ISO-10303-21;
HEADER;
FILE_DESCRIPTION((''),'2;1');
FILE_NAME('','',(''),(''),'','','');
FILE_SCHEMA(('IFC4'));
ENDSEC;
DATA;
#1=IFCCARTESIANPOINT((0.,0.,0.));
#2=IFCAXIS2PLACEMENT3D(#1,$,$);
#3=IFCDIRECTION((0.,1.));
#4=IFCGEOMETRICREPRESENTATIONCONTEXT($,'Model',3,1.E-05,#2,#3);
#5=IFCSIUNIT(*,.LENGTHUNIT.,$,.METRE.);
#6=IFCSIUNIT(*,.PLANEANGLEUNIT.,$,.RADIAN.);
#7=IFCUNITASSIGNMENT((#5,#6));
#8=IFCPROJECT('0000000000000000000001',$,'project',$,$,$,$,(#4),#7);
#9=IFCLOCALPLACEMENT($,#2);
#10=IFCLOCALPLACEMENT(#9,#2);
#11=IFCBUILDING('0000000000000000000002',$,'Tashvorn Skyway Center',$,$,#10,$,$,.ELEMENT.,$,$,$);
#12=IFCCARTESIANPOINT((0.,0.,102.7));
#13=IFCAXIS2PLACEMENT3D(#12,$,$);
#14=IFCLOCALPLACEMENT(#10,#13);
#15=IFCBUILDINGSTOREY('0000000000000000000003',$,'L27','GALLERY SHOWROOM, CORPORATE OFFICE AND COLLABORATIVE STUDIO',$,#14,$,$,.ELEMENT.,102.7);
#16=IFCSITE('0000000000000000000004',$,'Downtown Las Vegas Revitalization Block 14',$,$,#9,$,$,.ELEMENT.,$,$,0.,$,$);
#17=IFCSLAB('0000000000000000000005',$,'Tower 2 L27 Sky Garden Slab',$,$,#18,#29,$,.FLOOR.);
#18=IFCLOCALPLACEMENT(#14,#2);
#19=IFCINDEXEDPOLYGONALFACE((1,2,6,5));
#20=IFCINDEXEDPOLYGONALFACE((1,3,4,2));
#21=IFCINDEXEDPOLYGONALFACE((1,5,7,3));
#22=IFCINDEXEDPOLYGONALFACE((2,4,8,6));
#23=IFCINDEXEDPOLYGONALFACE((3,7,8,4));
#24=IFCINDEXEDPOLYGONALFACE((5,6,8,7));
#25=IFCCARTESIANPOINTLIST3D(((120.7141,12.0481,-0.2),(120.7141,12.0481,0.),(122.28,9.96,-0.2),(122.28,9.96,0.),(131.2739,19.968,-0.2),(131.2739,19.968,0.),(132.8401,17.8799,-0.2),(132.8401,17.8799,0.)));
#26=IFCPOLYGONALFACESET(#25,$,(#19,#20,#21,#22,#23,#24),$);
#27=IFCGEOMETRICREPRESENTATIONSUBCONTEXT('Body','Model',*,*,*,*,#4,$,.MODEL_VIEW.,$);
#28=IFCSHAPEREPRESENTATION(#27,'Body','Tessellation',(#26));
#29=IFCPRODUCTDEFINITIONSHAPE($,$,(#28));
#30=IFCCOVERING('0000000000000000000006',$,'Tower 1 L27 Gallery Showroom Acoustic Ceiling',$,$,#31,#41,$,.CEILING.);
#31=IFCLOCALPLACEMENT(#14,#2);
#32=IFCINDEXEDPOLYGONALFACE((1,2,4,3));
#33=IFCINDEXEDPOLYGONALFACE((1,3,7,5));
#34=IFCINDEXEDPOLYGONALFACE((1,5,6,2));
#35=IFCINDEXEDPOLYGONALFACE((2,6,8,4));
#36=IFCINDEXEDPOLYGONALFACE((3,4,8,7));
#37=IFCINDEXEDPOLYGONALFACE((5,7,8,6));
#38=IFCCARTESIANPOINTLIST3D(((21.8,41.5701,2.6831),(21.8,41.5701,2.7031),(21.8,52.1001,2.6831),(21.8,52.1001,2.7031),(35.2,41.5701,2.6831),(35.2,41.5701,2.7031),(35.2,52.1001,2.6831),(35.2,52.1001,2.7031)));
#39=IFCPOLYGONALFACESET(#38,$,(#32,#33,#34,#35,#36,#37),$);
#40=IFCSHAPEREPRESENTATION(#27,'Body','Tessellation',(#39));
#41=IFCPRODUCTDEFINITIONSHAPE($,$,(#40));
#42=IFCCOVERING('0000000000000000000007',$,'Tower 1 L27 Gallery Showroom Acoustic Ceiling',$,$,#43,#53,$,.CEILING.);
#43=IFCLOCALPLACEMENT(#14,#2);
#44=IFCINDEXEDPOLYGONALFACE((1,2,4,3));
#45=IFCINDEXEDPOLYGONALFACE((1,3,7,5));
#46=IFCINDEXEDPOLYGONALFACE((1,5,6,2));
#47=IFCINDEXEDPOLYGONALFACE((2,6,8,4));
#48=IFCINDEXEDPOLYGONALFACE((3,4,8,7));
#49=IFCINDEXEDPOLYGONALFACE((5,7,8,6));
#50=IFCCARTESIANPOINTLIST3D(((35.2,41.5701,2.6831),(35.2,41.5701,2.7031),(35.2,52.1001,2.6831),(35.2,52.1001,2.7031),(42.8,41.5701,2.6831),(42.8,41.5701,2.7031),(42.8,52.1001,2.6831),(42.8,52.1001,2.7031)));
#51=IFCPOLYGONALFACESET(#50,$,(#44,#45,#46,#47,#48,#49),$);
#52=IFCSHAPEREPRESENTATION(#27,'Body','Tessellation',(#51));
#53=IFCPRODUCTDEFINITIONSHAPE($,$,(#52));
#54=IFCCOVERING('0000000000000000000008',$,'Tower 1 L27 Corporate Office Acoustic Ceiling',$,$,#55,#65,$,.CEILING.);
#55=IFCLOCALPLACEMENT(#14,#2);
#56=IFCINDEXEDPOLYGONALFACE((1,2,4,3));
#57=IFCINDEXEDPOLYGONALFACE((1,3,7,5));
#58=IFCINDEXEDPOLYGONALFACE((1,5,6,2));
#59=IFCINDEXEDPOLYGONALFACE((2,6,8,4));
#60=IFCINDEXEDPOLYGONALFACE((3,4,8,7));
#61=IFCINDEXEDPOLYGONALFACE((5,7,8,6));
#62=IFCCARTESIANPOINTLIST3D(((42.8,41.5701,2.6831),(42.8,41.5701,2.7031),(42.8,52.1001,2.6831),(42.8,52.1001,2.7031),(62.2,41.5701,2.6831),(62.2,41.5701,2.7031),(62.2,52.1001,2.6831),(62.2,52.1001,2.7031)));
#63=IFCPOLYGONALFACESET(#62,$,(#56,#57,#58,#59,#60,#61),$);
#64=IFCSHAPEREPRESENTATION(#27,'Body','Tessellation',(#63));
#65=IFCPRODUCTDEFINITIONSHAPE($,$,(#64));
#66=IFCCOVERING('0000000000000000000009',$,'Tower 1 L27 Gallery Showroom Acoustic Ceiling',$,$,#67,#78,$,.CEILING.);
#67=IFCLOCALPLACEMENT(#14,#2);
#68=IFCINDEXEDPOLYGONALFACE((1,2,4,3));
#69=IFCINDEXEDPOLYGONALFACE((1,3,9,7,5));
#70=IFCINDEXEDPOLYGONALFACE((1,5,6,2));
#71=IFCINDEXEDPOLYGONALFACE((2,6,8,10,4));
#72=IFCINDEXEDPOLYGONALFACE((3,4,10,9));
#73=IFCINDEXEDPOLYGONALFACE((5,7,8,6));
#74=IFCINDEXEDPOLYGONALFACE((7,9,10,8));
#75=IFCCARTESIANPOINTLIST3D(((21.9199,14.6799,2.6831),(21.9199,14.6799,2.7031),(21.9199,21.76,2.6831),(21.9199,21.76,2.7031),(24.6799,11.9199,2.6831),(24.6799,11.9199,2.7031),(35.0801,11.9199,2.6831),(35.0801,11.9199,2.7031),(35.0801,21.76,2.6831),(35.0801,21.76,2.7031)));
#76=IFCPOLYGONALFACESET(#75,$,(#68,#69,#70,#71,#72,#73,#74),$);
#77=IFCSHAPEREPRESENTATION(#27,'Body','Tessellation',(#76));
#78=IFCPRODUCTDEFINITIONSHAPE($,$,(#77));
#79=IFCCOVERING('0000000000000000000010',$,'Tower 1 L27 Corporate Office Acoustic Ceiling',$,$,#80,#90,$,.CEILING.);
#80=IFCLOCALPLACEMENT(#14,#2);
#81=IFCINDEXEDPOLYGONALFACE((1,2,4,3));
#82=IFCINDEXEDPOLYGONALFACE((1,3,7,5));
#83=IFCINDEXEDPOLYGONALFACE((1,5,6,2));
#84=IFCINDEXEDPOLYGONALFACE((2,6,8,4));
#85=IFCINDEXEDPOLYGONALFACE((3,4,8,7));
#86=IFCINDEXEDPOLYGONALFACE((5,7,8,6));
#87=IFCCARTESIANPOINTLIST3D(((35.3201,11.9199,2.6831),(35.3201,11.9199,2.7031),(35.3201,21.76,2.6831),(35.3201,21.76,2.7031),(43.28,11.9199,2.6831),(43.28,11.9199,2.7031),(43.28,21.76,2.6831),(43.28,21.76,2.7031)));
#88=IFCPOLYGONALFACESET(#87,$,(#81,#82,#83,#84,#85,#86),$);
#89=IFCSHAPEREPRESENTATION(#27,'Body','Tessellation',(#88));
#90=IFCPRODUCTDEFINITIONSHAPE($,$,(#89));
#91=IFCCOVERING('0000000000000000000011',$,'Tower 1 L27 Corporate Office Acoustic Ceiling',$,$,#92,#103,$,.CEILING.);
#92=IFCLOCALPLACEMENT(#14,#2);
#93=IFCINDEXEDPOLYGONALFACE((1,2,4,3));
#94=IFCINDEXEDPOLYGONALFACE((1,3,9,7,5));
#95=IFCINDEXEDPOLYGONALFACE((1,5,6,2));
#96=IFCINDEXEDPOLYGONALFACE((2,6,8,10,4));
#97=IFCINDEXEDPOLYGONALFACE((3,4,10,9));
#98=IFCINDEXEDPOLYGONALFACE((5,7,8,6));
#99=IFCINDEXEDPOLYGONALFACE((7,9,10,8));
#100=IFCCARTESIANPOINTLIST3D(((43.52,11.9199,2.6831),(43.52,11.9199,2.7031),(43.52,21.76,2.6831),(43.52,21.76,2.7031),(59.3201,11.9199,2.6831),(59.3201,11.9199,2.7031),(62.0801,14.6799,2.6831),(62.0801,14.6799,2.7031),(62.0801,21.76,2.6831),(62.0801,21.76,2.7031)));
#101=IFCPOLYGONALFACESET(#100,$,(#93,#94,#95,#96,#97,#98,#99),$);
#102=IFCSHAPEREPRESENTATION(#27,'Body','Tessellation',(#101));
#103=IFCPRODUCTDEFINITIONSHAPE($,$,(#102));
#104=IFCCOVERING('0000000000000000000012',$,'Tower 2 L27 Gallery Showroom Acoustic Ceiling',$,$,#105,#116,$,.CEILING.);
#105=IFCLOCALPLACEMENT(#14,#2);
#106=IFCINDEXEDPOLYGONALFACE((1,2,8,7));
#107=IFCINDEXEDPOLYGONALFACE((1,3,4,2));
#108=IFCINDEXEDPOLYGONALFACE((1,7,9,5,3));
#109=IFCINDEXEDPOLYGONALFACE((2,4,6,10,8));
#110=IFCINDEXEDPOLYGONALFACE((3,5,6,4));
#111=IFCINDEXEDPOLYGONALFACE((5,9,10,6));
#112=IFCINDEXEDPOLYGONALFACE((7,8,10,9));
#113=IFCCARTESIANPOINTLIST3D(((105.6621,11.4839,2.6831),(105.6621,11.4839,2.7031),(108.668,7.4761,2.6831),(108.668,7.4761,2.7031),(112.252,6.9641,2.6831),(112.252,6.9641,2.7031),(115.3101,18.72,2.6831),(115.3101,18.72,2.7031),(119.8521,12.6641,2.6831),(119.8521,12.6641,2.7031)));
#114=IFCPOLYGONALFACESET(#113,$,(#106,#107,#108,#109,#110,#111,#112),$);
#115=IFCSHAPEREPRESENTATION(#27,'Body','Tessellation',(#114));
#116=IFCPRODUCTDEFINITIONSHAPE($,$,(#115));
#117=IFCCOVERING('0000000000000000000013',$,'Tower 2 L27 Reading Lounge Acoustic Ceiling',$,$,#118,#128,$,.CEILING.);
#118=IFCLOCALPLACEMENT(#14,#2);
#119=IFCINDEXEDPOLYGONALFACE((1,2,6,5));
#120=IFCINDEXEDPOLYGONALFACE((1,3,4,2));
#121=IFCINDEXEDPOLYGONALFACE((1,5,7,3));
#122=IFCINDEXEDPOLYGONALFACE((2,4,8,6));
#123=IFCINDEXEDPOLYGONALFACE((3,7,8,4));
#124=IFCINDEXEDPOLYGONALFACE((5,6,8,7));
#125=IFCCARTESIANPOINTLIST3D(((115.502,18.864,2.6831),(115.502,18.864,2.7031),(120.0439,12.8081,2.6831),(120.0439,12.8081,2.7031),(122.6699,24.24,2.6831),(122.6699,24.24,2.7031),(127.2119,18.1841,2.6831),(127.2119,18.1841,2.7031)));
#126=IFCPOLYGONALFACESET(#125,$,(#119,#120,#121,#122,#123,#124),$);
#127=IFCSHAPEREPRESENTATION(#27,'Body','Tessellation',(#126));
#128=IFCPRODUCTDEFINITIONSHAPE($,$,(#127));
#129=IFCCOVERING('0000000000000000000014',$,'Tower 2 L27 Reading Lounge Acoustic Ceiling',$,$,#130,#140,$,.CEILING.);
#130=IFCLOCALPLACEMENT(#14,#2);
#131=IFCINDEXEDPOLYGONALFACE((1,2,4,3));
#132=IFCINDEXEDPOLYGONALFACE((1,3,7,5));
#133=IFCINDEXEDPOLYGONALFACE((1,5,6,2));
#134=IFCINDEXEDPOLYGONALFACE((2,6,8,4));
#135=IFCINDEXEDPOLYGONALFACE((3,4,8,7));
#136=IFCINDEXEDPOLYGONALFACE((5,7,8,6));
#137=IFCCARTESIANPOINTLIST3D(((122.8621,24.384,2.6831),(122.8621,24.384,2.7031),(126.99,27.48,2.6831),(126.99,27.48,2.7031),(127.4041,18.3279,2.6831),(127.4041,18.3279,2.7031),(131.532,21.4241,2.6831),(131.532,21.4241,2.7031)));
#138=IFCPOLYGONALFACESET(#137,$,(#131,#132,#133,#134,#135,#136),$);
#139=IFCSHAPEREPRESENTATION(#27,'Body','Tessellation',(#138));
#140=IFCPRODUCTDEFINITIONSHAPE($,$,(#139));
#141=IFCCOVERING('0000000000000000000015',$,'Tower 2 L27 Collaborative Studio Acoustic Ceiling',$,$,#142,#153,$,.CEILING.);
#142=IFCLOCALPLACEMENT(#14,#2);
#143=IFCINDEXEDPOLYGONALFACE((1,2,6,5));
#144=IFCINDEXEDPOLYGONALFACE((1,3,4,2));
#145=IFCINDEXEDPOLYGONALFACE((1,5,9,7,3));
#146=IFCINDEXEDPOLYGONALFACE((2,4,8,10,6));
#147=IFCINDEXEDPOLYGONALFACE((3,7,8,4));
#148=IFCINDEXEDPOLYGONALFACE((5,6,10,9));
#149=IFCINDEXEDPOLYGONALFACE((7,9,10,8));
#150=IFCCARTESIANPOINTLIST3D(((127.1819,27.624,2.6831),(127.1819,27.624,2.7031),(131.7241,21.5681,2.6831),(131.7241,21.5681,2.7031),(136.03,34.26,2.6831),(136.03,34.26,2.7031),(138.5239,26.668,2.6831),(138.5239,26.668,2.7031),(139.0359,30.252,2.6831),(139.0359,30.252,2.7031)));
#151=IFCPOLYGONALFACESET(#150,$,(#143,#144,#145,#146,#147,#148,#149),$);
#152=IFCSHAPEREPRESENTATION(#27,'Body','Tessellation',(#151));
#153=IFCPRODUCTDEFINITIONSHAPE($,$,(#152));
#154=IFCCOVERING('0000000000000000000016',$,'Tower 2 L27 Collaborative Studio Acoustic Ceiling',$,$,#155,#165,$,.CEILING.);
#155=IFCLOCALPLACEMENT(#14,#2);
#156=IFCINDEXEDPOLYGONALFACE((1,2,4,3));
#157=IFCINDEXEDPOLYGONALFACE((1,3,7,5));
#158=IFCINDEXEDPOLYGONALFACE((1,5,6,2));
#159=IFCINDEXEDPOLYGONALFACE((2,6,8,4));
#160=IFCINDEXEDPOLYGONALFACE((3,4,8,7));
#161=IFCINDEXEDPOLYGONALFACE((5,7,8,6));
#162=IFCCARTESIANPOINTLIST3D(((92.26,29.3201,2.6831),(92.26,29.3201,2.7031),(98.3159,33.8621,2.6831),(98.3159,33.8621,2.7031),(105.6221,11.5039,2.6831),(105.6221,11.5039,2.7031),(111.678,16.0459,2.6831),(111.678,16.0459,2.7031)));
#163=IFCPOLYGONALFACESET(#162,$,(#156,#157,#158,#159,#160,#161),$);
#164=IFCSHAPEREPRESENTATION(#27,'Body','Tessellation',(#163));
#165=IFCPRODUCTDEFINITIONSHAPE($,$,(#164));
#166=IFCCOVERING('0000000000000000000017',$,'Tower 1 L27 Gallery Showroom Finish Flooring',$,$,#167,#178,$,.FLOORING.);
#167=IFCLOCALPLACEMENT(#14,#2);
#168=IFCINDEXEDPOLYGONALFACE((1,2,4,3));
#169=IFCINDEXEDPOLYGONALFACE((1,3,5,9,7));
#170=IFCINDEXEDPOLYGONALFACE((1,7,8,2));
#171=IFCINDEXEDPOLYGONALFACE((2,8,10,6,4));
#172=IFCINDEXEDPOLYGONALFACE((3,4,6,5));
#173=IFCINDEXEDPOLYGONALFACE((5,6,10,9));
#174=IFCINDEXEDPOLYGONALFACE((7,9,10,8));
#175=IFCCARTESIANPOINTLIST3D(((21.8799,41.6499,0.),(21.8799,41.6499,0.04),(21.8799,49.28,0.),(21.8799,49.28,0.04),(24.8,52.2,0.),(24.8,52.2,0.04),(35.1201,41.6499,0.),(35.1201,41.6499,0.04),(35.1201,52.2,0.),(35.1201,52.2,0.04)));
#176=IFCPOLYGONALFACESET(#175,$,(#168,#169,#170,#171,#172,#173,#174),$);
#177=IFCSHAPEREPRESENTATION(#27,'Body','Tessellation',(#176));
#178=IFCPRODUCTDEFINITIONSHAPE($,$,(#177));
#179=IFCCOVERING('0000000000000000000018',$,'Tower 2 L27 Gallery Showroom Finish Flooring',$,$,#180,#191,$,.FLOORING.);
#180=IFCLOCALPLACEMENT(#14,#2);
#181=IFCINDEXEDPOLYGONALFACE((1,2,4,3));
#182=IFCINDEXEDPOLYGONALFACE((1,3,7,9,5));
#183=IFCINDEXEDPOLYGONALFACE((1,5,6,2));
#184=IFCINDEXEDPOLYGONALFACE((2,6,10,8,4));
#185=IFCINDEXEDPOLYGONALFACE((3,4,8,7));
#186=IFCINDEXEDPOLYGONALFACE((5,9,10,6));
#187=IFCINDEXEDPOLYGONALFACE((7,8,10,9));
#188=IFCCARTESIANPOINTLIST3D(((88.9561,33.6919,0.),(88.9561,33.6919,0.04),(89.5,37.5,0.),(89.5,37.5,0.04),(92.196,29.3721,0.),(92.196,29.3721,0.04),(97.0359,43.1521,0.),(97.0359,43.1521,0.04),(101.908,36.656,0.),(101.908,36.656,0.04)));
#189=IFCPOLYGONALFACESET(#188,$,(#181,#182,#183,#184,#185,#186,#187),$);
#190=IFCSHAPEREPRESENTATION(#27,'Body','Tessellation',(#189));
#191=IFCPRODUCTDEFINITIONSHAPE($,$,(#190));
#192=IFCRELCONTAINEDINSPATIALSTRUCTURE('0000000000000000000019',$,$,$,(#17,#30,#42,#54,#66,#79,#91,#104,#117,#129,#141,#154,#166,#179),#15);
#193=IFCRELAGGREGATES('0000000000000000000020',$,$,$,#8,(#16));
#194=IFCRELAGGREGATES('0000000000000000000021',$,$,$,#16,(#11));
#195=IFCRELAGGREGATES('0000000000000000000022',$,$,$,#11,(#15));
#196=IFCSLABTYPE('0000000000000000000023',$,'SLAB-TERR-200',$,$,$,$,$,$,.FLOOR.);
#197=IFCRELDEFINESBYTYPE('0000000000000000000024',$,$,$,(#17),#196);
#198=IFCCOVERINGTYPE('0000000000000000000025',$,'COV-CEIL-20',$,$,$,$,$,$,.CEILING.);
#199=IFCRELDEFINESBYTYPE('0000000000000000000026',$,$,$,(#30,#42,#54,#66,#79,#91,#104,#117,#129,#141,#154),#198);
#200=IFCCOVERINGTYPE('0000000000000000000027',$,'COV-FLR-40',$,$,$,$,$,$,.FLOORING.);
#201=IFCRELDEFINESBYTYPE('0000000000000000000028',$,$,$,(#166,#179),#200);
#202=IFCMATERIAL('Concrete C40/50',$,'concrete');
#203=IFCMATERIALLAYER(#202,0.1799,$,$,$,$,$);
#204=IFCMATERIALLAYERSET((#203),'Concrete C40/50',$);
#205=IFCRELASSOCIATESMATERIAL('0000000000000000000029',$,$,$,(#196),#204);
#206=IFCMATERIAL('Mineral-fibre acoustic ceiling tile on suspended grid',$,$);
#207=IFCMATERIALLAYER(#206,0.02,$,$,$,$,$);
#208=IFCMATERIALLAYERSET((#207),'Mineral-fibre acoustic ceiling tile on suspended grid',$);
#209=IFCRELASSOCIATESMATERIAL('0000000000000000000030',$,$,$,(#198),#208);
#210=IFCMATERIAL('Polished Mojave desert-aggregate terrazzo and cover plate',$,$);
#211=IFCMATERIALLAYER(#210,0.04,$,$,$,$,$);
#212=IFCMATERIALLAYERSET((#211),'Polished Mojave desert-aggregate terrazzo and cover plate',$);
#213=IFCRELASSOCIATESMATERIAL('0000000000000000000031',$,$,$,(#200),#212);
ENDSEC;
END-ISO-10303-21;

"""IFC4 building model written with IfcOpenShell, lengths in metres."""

from ifc_helpers import new_model, si_unit, direction, frame, origin, place, context, subcontext, project, spatial, polyline, outline, extrude, material, layer, layer_set, type_object, element, save


model = new_model("IFC4")

# Units and contexts
model_context = context("Model", 3, precision=1e-05, world=origin(), true_north=direction((0.0, 1.0)))
body_context = subcontext(model_context, "Body", "Model", "MODEL_VIEW")
ifc_project = project(units=[si_unit("LENGTHUNIT", "METRE"), si_unit("PLANEANGLEUNIT", "RADIAN")], contexts=[model_context])

# Site, building, storey
site_placement = place(None, origin())
site = spatial("IfcSite", under=ifc_project, at=site_placement, Name="Downtown Las Vegas Revitalization Block 14", CompositionType="ELEMENT", RefElevation=0.0)
building_placement = place(site_placement, origin())
building = spatial("IfcBuilding", under=site, at=building_placement, Name="Tashvorn Skyway Center", CompositionType="ELEMENT")
storey_placement = place(building_placement, frame((0.0, 0.0, 102.7)))
storey = spatial("IfcBuildingStorey", under=building, at=storey_placement, Name="L27", Description="GALLERY SHOWROOM, CORPORATE OFFICE AND COLLABORATIVE STUDIO", CompositionType="ELEMENT", Elevation=102.7)

# Shared definitions
ifc_material_1 = material(Name="Concrete C40/50", Category="concrete")

# Slab
ifc_layer_1 = layer(ifc_material_1, 0.1799)
ifc_layer_set_1 = layer_set([ifc_layer_1], Name="Concrete C40/50")
slab_type_1 = type_object("IfcSlabType", Name="SLAB-TERR-200", PredefinedType="FLOOR", material=ifc_layer_set_1)
slab_1_placement = place(storey_placement, frame((0.0, 0.0, -0.2)))
element("IfcSlab", 1, at=slab_1_placement, inside=storey, type_object=slab_type_1, Name="Tower 2 L27 Sky Garden Slab", PredefinedType="FLOOR", context=body_context, shape_type="SweptSolid", body=[
    extrude(outline(polyline([(122.28, 9.96), (132.8401, 17.8799), (131.2739, 19.968), (120.7141, 12.0481), (122.28, 9.96)])), origin(), (0.0, 0.0, 1.0), 0.2),
])

# Coverings
ifc_material_2 = material(Name="Mineral-fibre acoustic ceiling tile on suspended grid")
ifc_layer_2 = layer(ifc_material_2, 0.02)
ifc_layer_set_2 = layer_set([ifc_layer_2], Name="Mineral-fibre acoustic ceiling tile on suspended grid")
covering_type_1 = type_object("IfcCoveringType", Name="COV-CEIL-20", PredefinedType="CEILING", material=ifc_layer_set_2)
covering_1_placement = place(storey_placement, frame((0.0, 0.0, 2.6831)))
element("IfcCovering", 2, at=covering_1_placement, inside=storey, type_object=covering_type_1, Name="Tower 1 L27 Gallery Showroom Acoustic Ceiling", PredefinedType="CEILING", context=body_context, shape_type="SweptSolid", body=[
    extrude(outline(polyline([(21.8, 41.5701), (35.2, 41.5701), (35.2, 52.1001), (21.8, 52.1001), (21.8, 41.5701)])), origin(), (0.0, 0.0, 1.0), 0.02),
])
covering_2_placement = place(storey_placement, frame((0.0, 0.0, 2.6831)))
element("IfcCovering", 3, at=covering_2_placement, inside=storey, type_object=covering_type_1, Name="Tower 1 L27 Gallery Showroom Acoustic Ceiling", PredefinedType="CEILING", context=body_context, shape_type="SweptSolid", body=[
    extrude(outline(polyline([(35.2, 41.5701), (42.8, 41.5701), (42.8, 52.1001), (35.2, 52.1001), (35.2, 41.5701)])), origin(), (0.0, 0.0, 1.0), 0.02),
])
covering_3_placement = place(storey_placement, frame((0.0, 0.0, 2.6831)))
element("IfcCovering", 4, at=covering_3_placement, inside=storey, type_object=covering_type_1, Name="Tower 1 L27 Corporate Office Acoustic Ceiling", PredefinedType="CEILING", context=body_context, shape_type="SweptSolid", body=[
    extrude(outline(polyline([(42.8, 41.5701), (62.2, 41.5701), (62.2, 52.1001), (42.8, 52.1001), (42.8, 41.5701)])), origin(), (0.0, 0.0, 1.0), 0.02),
])
covering_4_placement = place(storey_placement, frame((0.0, 0.0, 2.6831)))
element("IfcCovering", 5, at=covering_4_placement, inside=storey, type_object=covering_type_1, Name="Tower 1 L27 Gallery Showroom Acoustic Ceiling", PredefinedType="CEILING", context=body_context, shape_type="SweptSolid", body=[
    extrude(outline(polyline([(21.9199, 21.76), (35.0801, 21.76), (35.0801, 11.9199), (24.6799, 11.9199), (21.9199, 14.6799), (21.9199, 21.76)])), origin(), (0.0, 0.0, 1.0), 0.02),
])
covering_5_placement = place(storey_placement, frame((0.0, 0.0, 2.6831)))
element("IfcCovering", 6, at=covering_5_placement, inside=storey, type_object=covering_type_1, Name="Tower 1 L27 Corporate Office Acoustic Ceiling", PredefinedType="CEILING", context=body_context, shape_type="SweptSolid", body=[
    extrude(outline(polyline([(35.3201, 21.76), (43.28, 21.76), (43.28, 11.9199), (35.3201, 11.9199), (35.3201, 21.76)])), origin(), (0.0, 0.0, 1.0), 0.02),
])
covering_6_placement = place(storey_placement, frame((0.0, 0.0, 2.6831)))
element("IfcCovering", 7, at=covering_6_placement, inside=storey, type_object=covering_type_1, Name="Tower 1 L27 Corporate Office Acoustic Ceiling", PredefinedType="CEILING", context=body_context, shape_type="SweptSolid", body=[
    extrude(outline(polyline([(43.52, 11.9199), (43.52, 21.76), (62.0801, 21.76), (62.0801, 14.6799), (59.3201, 11.9199), (43.52, 11.9199)])), origin(), (0.0, 0.0, 1.0), 0.02),
])
covering_7_placement = place(storey_placement, frame((0.0, 0.0, 2.6831)))
element("IfcCovering", 8, at=covering_7_placement, inside=storey, type_object=covering_type_1, Name="Tower 2 L27 Gallery Showroom Acoustic Ceiling", PredefinedType="CEILING", context=body_context, shape_type="SweptSolid", body=[
    extrude(outline(polyline([(105.6621, 11.4839), (115.3101, 18.72), (119.8521, 12.6641), (112.252, 6.9641), (108.668, 7.4761), (105.6621, 11.4839)])), origin(), (0.0, 0.0, 1.0), 0.02),
])
covering_8_placement = place(storey_placement, frame((0.0, 0.0, 2.6831)))
element("IfcCovering", 9, at=covering_8_placement, inside=storey, type_object=covering_type_1, Name="Tower 2 L27 Reading Lounge Acoustic Ceiling", PredefinedType="CEILING", context=body_context, shape_type="SweptSolid", body=[
    extrude(outline(polyline([(115.502, 18.864), (122.6699, 24.24), (127.2119, 18.1841), (120.0439, 12.8081), (115.502, 18.864)])), origin(), (0.0, 0.0, 1.0), 0.02),
])
covering_9_placement = place(storey_placement, frame((0.0, 0.0, 2.6831)))
element("IfcCovering", 10, at=covering_9_placement, inside=storey, type_object=covering_type_1, Name="Tower 2 L27 Reading Lounge Acoustic Ceiling", PredefinedType="CEILING", context=body_context, shape_type="SweptSolid", body=[
    extrude(outline(polyline([(122.8621, 24.384), (126.99, 27.48), (131.532, 21.4241), (127.4041, 18.3279), (122.8621, 24.384)])), origin(), (0.0, 0.0, 1.0), 0.02),
])
covering_10_placement = place(storey_placement, frame((0.0, 0.0, 2.6831)))
element("IfcCovering", 11, at=covering_10_placement, inside=storey, type_object=covering_type_1, Name="Tower 2 L27 Collaborative Studio Acoustic Ceiling", PredefinedType="CEILING", context=body_context, shape_type="SweptSolid", body=[
    extrude(outline(polyline([(131.7241, 21.5681), (127.1819, 27.624), (136.03, 34.26), (139.0359, 30.252), (138.5239, 26.668), (131.7241, 21.5681)])), origin(), (0.0, 0.0, 1.0), 0.02),
])
covering_11_placement = place(storey_placement, frame((0.0, 0.0, 2.6831)))
element("IfcCovering", 12, at=covering_11_placement, inside=storey, type_object=covering_type_1, Name="Tower 2 L27 Collaborative Studio Acoustic Ceiling", PredefinedType="CEILING", context=body_context, shape_type="SweptSolid", body=[
    extrude(outline(polyline([(105.6221, 11.5039), (111.678, 16.0459), (98.3159, 33.8621), (92.26, 29.3201), (105.6221, 11.5039)])), origin(), (0.0, 0.0, 1.0), 0.02),
])
ifc_material_3 = material(Name="Polished Mojave desert-aggregate terrazzo and cover plate")
ifc_layer_3 = layer(ifc_material_3, 0.04)
ifc_layer_set_3 = layer_set([ifc_layer_3], Name="Polished Mojave desert-aggregate terrazzo and cover plate")
covering_type_2 = type_object("IfcCoveringType", Name="COV-FLR-40", PredefinedType="FLOORING", material=ifc_layer_set_3)
covering_12_placement = place(storey_placement, origin())
element("IfcCovering", 13, at=covering_12_placement, inside=storey, type_object=covering_type_2, Name="Tower 1 L27 Gallery Showroom Finish Flooring", PredefinedType="FLOORING", context=body_context, shape_type="SweptSolid", body=[
    extrude(outline(polyline([(35.1201, 41.6499), (21.8799, 41.6499), (21.8799, 49.28), (24.8, 52.2), (35.1201, 52.2), (35.1201, 41.6499)])), origin(), (0.0, 0.0, 1.0), 0.04),
])
covering_13_placement = place(storey_placement, origin())
element("IfcCovering", 14, at=covering_13_placement, inside=storey, type_object=covering_type_2, Name="Tower 2 L27 Gallery Showroom Finish Flooring", PredefinedType="FLOORING", context=body_context, shape_type="SweptSolid", body=[
    extrude(outline(polyline([(101.908, 36.656), (92.196, 29.3721), (88.9561, 33.6919), (89.5, 37.5), (97.0359, 43.1521), (101.908, 36.656)])), origin(), (0.0, 0.0, 1.0), 0.04),
])

save(model, "model.ifc")
